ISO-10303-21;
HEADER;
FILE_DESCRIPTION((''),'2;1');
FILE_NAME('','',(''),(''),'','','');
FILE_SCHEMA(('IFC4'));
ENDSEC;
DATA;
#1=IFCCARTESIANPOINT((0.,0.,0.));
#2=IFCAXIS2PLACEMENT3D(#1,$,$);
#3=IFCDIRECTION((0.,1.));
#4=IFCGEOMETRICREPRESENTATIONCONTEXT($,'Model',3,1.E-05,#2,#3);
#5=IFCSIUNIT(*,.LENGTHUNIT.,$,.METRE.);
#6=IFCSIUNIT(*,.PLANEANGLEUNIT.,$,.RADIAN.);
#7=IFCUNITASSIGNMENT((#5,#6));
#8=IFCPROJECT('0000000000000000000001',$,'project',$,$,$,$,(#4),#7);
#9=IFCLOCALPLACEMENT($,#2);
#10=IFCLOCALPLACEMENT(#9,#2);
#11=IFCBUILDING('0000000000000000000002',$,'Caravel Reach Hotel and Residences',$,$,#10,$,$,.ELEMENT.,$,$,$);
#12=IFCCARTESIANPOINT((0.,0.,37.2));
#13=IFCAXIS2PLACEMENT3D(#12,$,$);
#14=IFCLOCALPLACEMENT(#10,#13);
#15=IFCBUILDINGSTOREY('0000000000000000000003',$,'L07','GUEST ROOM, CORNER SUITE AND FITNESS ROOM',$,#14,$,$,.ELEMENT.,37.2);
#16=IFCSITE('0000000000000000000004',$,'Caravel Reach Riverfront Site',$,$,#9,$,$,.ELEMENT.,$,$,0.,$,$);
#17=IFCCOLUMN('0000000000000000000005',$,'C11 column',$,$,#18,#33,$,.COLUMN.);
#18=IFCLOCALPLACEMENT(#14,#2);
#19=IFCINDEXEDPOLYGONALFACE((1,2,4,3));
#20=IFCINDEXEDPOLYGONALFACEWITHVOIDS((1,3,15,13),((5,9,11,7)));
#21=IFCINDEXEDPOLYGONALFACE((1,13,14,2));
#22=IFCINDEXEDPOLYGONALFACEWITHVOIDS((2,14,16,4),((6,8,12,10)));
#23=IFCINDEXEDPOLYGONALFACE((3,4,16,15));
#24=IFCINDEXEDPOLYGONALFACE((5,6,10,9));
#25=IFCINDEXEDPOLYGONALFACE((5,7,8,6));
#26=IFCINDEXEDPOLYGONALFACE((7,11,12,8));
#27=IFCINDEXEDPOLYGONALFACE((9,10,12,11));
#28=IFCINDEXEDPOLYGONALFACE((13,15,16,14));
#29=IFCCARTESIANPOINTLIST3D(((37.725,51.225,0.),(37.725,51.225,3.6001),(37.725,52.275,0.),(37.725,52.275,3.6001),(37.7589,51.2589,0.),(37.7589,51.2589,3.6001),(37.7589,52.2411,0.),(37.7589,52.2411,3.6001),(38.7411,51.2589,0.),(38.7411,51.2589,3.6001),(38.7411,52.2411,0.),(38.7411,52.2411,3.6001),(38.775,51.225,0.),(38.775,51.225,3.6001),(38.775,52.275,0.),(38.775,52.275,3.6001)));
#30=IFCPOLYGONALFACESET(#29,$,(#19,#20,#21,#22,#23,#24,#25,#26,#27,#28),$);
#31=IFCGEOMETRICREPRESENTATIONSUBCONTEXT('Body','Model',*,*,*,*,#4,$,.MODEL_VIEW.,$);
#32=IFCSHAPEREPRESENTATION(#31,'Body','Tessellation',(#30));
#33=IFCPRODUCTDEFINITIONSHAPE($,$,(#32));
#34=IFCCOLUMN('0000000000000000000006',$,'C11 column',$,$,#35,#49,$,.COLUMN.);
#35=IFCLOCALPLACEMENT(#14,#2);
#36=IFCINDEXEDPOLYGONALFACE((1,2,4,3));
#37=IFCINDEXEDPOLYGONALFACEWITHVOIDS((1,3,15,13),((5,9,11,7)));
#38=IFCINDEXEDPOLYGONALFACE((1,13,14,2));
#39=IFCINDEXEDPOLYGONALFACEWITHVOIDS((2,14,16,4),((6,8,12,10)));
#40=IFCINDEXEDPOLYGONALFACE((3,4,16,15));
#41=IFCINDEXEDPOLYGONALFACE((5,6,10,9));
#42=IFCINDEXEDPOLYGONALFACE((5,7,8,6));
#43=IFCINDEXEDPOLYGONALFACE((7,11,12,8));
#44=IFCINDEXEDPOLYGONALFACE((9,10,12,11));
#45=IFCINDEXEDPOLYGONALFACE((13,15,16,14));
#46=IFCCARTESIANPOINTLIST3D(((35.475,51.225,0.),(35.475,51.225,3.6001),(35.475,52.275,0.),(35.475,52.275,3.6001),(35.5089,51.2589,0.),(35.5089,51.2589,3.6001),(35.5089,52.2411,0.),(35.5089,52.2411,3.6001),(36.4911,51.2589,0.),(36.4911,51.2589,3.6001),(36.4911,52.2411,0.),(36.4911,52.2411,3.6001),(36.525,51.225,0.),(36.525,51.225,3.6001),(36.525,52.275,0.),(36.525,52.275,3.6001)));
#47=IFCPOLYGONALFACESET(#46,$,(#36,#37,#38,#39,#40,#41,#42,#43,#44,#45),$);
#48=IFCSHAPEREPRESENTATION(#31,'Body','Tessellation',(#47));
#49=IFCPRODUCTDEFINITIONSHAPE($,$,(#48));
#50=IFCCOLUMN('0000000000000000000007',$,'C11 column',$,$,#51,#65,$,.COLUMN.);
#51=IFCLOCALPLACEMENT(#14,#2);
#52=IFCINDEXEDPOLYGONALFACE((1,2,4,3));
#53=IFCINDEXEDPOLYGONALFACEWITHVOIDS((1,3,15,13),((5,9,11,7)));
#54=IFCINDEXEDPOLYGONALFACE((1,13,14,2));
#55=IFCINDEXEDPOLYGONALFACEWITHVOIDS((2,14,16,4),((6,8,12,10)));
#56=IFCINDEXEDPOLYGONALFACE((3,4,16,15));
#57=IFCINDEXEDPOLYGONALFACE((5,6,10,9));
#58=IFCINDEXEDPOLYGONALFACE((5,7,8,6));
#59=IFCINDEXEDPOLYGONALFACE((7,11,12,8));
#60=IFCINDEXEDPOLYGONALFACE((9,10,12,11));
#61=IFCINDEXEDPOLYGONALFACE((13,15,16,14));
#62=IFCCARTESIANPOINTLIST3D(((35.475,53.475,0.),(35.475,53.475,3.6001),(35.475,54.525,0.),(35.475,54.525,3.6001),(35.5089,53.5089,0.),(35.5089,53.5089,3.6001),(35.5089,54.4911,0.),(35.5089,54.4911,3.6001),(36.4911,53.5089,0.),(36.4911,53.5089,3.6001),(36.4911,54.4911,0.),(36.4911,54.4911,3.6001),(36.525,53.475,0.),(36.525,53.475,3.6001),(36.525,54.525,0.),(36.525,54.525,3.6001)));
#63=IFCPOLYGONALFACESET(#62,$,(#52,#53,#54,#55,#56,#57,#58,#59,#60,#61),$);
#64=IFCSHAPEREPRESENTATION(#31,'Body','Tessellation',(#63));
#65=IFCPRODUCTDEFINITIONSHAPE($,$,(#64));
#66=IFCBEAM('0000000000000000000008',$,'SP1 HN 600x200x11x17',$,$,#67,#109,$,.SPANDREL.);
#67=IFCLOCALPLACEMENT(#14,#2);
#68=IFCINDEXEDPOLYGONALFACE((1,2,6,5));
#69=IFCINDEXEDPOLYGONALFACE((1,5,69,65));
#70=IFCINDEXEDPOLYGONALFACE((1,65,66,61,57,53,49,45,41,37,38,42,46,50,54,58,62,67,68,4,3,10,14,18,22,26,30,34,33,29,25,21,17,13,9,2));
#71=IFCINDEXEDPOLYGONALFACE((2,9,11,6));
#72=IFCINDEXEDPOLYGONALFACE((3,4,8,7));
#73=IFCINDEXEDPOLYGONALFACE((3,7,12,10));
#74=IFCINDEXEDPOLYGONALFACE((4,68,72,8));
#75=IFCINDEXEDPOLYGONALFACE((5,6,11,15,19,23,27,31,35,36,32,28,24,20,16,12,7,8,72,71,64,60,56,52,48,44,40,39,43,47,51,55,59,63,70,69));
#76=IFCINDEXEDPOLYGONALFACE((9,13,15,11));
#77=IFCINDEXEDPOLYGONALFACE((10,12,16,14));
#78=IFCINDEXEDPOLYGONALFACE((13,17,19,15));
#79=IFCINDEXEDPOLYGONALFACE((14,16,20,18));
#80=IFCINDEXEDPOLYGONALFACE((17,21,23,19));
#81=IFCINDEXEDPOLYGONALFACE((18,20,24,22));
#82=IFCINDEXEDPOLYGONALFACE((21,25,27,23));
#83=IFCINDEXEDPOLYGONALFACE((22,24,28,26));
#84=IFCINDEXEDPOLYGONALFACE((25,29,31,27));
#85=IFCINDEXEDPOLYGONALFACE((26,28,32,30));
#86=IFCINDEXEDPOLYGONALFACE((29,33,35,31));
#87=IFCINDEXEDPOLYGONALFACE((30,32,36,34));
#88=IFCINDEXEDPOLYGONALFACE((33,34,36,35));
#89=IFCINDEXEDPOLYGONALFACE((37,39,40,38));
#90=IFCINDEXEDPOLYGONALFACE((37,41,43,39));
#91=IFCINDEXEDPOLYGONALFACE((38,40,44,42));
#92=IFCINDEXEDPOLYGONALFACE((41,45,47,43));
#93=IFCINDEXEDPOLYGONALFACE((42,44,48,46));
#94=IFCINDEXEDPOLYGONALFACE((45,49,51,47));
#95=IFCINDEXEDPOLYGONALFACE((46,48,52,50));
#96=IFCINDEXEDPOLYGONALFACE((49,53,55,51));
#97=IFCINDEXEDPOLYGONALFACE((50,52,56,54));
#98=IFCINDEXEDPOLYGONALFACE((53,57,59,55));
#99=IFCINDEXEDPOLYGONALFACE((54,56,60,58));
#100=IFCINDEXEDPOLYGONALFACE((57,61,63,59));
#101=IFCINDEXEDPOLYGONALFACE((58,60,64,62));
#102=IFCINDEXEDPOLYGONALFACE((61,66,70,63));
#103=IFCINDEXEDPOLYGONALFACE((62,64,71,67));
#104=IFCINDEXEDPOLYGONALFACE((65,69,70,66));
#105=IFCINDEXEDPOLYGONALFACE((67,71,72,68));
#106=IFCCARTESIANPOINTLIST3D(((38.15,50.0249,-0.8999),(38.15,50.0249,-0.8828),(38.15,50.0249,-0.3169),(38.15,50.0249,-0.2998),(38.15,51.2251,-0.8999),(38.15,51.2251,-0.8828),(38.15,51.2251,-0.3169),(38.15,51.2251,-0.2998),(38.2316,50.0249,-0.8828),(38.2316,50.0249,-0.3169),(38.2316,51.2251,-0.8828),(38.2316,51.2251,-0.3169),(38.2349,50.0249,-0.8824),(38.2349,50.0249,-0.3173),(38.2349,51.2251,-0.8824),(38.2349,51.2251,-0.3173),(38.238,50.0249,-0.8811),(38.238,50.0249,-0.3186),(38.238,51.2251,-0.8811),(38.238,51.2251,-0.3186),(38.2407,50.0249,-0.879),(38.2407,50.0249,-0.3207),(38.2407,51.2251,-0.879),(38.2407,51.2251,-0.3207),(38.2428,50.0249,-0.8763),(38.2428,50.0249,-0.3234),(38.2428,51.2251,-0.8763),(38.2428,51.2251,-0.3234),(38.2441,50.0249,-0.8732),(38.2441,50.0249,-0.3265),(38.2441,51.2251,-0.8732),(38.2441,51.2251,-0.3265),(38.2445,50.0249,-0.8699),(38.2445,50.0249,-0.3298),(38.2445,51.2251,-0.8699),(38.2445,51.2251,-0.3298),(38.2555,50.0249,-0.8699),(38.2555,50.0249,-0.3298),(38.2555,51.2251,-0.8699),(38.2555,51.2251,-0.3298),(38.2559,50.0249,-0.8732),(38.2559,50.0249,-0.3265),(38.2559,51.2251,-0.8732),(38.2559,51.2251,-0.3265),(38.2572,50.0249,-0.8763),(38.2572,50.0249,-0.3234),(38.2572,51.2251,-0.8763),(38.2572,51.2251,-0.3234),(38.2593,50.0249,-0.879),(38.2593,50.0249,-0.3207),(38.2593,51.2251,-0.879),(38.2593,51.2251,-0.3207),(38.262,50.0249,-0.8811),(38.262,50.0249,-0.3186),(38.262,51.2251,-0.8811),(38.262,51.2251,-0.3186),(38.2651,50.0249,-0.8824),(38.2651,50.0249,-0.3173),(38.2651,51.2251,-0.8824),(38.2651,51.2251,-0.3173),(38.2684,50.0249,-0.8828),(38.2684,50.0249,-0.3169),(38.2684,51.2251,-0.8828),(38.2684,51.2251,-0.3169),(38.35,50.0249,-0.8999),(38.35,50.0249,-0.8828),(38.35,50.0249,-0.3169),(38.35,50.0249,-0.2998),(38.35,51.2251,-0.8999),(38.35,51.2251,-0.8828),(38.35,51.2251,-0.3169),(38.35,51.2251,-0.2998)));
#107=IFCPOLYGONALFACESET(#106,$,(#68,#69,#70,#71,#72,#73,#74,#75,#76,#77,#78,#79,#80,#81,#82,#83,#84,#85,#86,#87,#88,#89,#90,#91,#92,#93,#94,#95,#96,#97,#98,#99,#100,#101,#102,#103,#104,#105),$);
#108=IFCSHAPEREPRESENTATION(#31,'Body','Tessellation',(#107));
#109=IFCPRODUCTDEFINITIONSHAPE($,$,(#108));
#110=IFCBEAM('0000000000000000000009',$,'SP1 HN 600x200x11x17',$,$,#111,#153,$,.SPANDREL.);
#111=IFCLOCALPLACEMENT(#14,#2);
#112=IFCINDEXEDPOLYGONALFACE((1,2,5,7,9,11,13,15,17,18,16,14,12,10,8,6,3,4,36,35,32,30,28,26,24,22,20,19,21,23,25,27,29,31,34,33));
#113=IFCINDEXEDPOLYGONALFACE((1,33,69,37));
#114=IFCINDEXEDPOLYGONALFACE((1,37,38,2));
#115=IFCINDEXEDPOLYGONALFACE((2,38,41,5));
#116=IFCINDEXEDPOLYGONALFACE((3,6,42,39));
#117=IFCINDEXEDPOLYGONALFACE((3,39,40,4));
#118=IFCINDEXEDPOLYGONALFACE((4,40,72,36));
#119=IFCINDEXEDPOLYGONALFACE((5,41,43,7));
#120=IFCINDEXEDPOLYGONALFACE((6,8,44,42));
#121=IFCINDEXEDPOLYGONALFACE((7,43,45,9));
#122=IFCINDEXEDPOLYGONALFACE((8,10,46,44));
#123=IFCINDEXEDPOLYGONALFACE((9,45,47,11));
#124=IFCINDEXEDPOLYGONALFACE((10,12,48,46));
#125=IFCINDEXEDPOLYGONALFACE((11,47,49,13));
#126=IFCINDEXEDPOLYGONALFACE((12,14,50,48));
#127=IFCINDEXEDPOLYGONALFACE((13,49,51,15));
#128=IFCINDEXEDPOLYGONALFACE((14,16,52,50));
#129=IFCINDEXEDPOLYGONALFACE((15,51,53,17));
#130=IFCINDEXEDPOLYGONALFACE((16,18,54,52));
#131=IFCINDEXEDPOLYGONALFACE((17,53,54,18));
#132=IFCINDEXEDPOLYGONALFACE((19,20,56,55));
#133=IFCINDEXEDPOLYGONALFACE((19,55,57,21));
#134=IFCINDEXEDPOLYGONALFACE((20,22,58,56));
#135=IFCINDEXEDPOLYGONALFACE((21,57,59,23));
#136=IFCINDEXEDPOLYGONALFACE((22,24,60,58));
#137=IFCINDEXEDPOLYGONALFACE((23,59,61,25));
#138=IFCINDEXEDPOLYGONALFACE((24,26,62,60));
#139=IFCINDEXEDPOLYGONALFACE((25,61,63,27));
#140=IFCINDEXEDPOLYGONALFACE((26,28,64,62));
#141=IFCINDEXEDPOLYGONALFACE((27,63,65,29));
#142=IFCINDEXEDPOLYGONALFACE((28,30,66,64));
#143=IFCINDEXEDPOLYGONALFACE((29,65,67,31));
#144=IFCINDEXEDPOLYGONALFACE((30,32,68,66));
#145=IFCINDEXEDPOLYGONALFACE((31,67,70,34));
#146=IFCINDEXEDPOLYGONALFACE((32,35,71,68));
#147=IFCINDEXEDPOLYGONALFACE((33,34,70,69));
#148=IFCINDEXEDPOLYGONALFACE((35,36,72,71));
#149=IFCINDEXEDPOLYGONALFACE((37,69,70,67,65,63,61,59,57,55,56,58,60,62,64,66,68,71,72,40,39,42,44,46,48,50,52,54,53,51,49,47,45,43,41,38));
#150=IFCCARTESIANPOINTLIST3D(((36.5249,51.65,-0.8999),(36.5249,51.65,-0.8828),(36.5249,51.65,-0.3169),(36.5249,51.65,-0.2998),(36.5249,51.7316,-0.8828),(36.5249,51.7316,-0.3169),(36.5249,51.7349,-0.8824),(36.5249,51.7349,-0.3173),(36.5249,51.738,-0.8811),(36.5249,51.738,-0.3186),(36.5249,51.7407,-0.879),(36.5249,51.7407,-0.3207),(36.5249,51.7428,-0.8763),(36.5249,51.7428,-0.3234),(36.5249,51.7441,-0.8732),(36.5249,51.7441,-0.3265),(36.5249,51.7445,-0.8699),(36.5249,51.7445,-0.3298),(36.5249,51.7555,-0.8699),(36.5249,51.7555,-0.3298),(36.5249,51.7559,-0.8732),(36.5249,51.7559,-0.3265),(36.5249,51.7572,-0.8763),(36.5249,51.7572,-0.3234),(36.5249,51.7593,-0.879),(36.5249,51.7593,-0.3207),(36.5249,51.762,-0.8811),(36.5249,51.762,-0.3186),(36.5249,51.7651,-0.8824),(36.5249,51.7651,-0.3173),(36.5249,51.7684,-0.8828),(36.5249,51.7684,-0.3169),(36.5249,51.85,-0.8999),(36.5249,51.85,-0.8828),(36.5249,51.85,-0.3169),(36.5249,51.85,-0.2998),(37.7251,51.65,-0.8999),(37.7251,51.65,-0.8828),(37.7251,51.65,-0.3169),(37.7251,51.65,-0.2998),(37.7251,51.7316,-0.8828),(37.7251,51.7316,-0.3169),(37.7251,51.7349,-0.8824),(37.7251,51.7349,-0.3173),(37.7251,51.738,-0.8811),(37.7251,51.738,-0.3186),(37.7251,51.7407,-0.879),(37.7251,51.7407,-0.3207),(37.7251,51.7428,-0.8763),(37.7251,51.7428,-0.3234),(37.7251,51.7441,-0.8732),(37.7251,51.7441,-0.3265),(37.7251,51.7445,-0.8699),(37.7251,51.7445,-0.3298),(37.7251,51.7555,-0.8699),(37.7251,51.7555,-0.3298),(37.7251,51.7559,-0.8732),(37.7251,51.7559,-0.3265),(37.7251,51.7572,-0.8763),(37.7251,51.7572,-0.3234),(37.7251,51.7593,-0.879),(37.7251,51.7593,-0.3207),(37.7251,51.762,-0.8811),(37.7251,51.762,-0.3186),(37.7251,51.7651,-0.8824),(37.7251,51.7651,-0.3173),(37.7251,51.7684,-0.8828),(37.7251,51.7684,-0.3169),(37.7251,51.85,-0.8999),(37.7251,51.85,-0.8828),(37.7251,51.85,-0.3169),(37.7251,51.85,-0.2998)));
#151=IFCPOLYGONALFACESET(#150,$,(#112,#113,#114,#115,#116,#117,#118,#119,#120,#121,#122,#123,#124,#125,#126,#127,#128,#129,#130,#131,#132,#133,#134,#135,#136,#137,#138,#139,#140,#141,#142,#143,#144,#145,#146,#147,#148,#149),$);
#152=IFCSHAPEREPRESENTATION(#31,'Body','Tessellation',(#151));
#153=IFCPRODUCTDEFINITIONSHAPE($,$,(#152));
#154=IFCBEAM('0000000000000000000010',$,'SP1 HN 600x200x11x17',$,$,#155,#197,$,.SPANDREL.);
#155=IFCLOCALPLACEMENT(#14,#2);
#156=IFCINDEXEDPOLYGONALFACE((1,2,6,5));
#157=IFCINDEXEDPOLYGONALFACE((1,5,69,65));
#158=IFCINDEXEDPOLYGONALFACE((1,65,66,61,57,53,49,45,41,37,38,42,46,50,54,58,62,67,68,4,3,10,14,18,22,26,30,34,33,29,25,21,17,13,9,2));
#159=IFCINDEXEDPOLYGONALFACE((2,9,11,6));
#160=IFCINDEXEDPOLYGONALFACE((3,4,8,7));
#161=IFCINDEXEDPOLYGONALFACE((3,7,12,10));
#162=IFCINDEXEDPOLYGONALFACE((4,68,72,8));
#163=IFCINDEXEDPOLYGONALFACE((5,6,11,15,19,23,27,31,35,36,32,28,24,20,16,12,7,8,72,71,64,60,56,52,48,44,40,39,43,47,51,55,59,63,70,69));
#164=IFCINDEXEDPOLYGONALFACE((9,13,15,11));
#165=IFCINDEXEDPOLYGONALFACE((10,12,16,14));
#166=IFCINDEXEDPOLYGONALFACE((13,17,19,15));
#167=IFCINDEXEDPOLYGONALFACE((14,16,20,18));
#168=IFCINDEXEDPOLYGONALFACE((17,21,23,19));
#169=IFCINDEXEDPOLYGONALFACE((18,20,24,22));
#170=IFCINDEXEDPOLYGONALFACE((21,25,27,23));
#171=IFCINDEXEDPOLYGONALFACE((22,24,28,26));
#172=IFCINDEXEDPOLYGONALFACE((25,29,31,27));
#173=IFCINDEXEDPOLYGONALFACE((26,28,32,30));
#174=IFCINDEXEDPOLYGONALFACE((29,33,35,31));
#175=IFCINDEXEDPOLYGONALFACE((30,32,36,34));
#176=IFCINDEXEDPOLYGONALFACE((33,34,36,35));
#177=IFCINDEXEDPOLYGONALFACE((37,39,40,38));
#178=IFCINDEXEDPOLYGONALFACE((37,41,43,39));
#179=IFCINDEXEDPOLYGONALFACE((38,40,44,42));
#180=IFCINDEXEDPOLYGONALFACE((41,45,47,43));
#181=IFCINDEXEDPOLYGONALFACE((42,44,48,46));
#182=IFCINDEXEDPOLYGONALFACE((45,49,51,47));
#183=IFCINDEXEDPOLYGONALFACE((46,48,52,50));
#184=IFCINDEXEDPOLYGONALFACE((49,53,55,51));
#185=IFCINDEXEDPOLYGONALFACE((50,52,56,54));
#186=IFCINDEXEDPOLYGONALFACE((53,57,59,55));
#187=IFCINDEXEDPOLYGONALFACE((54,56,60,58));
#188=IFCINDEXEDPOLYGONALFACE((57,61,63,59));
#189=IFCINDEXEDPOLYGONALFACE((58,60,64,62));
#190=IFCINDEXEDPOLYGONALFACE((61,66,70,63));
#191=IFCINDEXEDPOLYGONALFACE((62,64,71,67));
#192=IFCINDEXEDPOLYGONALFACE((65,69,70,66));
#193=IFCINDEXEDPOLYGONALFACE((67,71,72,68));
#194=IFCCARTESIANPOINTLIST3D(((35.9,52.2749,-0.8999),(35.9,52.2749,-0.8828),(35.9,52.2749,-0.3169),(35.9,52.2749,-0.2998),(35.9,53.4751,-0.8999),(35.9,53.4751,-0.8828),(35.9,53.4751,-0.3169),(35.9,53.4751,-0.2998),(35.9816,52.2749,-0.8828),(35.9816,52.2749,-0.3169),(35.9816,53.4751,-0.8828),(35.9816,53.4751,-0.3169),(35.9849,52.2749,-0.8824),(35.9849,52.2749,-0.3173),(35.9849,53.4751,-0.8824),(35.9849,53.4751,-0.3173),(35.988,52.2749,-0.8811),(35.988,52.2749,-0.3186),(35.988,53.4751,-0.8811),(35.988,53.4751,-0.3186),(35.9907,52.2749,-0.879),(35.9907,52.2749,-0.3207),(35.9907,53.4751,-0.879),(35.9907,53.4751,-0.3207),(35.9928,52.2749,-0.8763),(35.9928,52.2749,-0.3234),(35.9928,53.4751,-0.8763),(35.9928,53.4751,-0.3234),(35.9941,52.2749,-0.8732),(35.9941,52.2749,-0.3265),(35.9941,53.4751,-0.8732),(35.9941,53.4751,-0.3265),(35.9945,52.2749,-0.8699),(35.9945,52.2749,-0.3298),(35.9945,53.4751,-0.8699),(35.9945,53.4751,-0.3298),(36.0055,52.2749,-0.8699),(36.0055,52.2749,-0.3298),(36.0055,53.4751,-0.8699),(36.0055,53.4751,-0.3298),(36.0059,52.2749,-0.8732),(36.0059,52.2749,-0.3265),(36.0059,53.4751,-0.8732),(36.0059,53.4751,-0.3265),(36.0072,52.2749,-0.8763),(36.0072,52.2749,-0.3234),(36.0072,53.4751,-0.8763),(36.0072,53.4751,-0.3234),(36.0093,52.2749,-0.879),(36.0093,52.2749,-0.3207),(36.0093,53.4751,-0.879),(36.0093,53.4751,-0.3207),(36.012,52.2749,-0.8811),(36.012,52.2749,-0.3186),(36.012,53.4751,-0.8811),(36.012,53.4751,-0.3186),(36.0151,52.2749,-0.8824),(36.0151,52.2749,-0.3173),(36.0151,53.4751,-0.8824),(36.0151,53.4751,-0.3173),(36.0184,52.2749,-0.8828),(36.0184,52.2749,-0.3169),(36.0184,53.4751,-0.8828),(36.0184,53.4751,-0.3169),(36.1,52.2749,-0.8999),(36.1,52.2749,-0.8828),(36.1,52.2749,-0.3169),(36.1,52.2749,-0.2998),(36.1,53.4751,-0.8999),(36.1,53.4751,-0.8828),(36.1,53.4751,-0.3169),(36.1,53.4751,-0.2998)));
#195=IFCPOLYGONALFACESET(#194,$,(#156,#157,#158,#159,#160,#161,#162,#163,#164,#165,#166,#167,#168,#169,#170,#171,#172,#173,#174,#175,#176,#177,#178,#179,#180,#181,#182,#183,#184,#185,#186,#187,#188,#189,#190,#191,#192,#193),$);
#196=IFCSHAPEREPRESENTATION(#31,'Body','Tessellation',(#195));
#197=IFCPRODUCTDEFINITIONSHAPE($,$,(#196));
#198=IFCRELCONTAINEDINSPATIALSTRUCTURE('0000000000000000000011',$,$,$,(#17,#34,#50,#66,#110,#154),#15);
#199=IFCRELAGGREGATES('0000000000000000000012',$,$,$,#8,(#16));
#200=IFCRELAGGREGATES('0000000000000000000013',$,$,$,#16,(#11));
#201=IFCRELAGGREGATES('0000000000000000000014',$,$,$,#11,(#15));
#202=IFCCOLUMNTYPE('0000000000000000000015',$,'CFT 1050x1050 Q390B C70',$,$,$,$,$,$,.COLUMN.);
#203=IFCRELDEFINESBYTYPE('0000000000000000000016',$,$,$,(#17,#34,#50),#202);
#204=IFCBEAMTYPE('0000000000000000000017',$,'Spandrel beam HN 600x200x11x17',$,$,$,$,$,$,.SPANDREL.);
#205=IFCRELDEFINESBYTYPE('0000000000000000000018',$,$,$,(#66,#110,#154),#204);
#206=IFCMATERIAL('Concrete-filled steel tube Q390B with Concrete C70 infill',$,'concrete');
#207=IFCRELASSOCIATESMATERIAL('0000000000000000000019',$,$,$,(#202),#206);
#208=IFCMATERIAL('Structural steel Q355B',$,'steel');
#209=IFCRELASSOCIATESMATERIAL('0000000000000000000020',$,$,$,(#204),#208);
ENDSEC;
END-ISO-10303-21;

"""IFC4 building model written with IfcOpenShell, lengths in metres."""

from ifc_helpers import new_model, si_unit, direction, frame, origin, origin_2d, place, context, subcontext, project, spatial, hollow_rectangle, i_section, extrude, material, material_profile, profile_set, type_object, element, save


model = new_model("IFC4")

# Units and contexts
model_context = context("Model", 3, precision=1e-05, world=origin(), true_north=direction((0.0, 1.0)))
body_context = subcontext(model_context, "Body", "Model", "MODEL_VIEW")
ifc_project = project(units=[si_unit("LENGTHUNIT", "METRE"), si_unit("PLANEANGLEUNIT", "RADIAN")], contexts=[model_context])

# Site, building, storey
site_placement = place(None, origin())
site = spatial("IfcSite", under=ifc_project, at=site_placement, Name="Caravel Reach Riverfront Site", CompositionType="ELEMENT", RefElevation=0.0)
building_placement = place(site_placement, origin())
building = spatial("IfcBuilding", under=site, at=building_placement, Name="Caravel Reach Hotel and Residences", CompositionType="ELEMENT")
storey_placement = place(building_placement, frame((0.0, 0.0, 37.2)))
storey = spatial("IfcBuildingStorey", under=building, at=storey_placement, Name="L07", Description="GUEST ROOM, CORNER SUITE AND FITNESS ROOM", CompositionType="ELEMENT", Elevation=37.2)

# Columns
ifc_material_1 = material(Name="Concrete-filled steel tube Q390B with Concrete C70 infill", Category="concrete")
ifc_material_profile_1 = material_profile(ifc_material_1, hollow_rectangle(XDim=1.05, YDim=1.05, WallThickness=0.0339, at=origin_2d()), Name="RHS 1050x1050x34")
ifc_profile_set_1 = profile_set([ifc_material_profile_1], Name="Concrete-filled steel tube Q390B with Concrete C70 infill")
column_type = type_object("IfcColumnType", Name="CFT 1050x1050 Q390B C70", PredefinedType="COLUMN", material=ifc_profile_set_1)
for number, where, z_axis, x_axis, name in (
    (1, (38.25, 51.75, 0.0), (0.0, 0.0, 1.0), (1.0, 0.0, 0.0), "C11 column"),
    (2, (36.0, 51.75, 0.0), (0.0, 0.0, 1.0), (1.0, 0.0, 0.0), "C11 column"),
    (3, (36.0, 54.0, 0.0), (0.0, 0.0, 1.0), (1.0, 0.0, 0.0), "C11 column"),
):
    element("IfcColumn", number, at=place(storey_placement, frame(where, z_axis=z_axis, x_axis=x_axis)), inside=storey, type_object=column_type, Name=name, PredefinedType="COLUMN", context=body_context, shape_type="SweptSolid", body=[
        extrude(hollow_rectangle(XDim=1.05, YDim=1.05, WallThickness=0.0339, at=origin_2d()), origin(), (0.0, 0.0, 1.0), 3.6001),
    ])

# Beams
ifc_material_2 = material(Name="Structural steel Q355B", Category="steel")
ifc_material_profile_2 = material_profile(ifc_material_2, i_section(OverallWidth=0.2, OverallDepth=0.6001, WebThickness=0.011, FlangeThickness=0.0171, FilletRadius=0.0129, at=origin_2d()), Name="HN 600x200x11x17")
ifc_profile_set_2 = profile_set([ifc_material_profile_2], Name="Structural steel Q355B")
beam_type = type_object("IfcBeamType", Name="Spandrel beam HN 600x200x11x17", PredefinedType="SPANDREL", material=ifc_profile_set_2)
for number, where, z_axis, x_axis, name in (
    (4, (38.25, 50.0249, -0.5999), (0.0, 1.0, 0.0), (-1.0, 0.0, 0.0), "SP1 HN 600x200x11x17"),
    (5, (37.7251, 51.75, -0.5999), (-1.0, 0.0, 0.0), (0.0, -1.0, 0.0), "SP1 HN 600x200x11x17"),
    (6, (36.0, 52.2749, -0.5999), (0.0, 1.0, 0.0), (-1.0, 0.0, 0.0), "SP1 HN 600x200x11x17"),
):
    element("IfcBeam", number, at=place(storey_placement, frame(where, z_axis=z_axis, x_axis=x_axis)), inside=storey, type_object=beam_type, Name=name, PredefinedType="SPANDREL", context=body_context, shape_type="SweptSolid", body=[
        extrude(i_section(OverallWidth=0.2, OverallDepth=0.6001, WebThickness=0.011, FlangeThickness=0.0171, FilletRadius=0.0129, at=origin_2d()), origin(), (0.0, 0.0, 1.0), 1.2002),
    ])

save(model, "model.ifc")
